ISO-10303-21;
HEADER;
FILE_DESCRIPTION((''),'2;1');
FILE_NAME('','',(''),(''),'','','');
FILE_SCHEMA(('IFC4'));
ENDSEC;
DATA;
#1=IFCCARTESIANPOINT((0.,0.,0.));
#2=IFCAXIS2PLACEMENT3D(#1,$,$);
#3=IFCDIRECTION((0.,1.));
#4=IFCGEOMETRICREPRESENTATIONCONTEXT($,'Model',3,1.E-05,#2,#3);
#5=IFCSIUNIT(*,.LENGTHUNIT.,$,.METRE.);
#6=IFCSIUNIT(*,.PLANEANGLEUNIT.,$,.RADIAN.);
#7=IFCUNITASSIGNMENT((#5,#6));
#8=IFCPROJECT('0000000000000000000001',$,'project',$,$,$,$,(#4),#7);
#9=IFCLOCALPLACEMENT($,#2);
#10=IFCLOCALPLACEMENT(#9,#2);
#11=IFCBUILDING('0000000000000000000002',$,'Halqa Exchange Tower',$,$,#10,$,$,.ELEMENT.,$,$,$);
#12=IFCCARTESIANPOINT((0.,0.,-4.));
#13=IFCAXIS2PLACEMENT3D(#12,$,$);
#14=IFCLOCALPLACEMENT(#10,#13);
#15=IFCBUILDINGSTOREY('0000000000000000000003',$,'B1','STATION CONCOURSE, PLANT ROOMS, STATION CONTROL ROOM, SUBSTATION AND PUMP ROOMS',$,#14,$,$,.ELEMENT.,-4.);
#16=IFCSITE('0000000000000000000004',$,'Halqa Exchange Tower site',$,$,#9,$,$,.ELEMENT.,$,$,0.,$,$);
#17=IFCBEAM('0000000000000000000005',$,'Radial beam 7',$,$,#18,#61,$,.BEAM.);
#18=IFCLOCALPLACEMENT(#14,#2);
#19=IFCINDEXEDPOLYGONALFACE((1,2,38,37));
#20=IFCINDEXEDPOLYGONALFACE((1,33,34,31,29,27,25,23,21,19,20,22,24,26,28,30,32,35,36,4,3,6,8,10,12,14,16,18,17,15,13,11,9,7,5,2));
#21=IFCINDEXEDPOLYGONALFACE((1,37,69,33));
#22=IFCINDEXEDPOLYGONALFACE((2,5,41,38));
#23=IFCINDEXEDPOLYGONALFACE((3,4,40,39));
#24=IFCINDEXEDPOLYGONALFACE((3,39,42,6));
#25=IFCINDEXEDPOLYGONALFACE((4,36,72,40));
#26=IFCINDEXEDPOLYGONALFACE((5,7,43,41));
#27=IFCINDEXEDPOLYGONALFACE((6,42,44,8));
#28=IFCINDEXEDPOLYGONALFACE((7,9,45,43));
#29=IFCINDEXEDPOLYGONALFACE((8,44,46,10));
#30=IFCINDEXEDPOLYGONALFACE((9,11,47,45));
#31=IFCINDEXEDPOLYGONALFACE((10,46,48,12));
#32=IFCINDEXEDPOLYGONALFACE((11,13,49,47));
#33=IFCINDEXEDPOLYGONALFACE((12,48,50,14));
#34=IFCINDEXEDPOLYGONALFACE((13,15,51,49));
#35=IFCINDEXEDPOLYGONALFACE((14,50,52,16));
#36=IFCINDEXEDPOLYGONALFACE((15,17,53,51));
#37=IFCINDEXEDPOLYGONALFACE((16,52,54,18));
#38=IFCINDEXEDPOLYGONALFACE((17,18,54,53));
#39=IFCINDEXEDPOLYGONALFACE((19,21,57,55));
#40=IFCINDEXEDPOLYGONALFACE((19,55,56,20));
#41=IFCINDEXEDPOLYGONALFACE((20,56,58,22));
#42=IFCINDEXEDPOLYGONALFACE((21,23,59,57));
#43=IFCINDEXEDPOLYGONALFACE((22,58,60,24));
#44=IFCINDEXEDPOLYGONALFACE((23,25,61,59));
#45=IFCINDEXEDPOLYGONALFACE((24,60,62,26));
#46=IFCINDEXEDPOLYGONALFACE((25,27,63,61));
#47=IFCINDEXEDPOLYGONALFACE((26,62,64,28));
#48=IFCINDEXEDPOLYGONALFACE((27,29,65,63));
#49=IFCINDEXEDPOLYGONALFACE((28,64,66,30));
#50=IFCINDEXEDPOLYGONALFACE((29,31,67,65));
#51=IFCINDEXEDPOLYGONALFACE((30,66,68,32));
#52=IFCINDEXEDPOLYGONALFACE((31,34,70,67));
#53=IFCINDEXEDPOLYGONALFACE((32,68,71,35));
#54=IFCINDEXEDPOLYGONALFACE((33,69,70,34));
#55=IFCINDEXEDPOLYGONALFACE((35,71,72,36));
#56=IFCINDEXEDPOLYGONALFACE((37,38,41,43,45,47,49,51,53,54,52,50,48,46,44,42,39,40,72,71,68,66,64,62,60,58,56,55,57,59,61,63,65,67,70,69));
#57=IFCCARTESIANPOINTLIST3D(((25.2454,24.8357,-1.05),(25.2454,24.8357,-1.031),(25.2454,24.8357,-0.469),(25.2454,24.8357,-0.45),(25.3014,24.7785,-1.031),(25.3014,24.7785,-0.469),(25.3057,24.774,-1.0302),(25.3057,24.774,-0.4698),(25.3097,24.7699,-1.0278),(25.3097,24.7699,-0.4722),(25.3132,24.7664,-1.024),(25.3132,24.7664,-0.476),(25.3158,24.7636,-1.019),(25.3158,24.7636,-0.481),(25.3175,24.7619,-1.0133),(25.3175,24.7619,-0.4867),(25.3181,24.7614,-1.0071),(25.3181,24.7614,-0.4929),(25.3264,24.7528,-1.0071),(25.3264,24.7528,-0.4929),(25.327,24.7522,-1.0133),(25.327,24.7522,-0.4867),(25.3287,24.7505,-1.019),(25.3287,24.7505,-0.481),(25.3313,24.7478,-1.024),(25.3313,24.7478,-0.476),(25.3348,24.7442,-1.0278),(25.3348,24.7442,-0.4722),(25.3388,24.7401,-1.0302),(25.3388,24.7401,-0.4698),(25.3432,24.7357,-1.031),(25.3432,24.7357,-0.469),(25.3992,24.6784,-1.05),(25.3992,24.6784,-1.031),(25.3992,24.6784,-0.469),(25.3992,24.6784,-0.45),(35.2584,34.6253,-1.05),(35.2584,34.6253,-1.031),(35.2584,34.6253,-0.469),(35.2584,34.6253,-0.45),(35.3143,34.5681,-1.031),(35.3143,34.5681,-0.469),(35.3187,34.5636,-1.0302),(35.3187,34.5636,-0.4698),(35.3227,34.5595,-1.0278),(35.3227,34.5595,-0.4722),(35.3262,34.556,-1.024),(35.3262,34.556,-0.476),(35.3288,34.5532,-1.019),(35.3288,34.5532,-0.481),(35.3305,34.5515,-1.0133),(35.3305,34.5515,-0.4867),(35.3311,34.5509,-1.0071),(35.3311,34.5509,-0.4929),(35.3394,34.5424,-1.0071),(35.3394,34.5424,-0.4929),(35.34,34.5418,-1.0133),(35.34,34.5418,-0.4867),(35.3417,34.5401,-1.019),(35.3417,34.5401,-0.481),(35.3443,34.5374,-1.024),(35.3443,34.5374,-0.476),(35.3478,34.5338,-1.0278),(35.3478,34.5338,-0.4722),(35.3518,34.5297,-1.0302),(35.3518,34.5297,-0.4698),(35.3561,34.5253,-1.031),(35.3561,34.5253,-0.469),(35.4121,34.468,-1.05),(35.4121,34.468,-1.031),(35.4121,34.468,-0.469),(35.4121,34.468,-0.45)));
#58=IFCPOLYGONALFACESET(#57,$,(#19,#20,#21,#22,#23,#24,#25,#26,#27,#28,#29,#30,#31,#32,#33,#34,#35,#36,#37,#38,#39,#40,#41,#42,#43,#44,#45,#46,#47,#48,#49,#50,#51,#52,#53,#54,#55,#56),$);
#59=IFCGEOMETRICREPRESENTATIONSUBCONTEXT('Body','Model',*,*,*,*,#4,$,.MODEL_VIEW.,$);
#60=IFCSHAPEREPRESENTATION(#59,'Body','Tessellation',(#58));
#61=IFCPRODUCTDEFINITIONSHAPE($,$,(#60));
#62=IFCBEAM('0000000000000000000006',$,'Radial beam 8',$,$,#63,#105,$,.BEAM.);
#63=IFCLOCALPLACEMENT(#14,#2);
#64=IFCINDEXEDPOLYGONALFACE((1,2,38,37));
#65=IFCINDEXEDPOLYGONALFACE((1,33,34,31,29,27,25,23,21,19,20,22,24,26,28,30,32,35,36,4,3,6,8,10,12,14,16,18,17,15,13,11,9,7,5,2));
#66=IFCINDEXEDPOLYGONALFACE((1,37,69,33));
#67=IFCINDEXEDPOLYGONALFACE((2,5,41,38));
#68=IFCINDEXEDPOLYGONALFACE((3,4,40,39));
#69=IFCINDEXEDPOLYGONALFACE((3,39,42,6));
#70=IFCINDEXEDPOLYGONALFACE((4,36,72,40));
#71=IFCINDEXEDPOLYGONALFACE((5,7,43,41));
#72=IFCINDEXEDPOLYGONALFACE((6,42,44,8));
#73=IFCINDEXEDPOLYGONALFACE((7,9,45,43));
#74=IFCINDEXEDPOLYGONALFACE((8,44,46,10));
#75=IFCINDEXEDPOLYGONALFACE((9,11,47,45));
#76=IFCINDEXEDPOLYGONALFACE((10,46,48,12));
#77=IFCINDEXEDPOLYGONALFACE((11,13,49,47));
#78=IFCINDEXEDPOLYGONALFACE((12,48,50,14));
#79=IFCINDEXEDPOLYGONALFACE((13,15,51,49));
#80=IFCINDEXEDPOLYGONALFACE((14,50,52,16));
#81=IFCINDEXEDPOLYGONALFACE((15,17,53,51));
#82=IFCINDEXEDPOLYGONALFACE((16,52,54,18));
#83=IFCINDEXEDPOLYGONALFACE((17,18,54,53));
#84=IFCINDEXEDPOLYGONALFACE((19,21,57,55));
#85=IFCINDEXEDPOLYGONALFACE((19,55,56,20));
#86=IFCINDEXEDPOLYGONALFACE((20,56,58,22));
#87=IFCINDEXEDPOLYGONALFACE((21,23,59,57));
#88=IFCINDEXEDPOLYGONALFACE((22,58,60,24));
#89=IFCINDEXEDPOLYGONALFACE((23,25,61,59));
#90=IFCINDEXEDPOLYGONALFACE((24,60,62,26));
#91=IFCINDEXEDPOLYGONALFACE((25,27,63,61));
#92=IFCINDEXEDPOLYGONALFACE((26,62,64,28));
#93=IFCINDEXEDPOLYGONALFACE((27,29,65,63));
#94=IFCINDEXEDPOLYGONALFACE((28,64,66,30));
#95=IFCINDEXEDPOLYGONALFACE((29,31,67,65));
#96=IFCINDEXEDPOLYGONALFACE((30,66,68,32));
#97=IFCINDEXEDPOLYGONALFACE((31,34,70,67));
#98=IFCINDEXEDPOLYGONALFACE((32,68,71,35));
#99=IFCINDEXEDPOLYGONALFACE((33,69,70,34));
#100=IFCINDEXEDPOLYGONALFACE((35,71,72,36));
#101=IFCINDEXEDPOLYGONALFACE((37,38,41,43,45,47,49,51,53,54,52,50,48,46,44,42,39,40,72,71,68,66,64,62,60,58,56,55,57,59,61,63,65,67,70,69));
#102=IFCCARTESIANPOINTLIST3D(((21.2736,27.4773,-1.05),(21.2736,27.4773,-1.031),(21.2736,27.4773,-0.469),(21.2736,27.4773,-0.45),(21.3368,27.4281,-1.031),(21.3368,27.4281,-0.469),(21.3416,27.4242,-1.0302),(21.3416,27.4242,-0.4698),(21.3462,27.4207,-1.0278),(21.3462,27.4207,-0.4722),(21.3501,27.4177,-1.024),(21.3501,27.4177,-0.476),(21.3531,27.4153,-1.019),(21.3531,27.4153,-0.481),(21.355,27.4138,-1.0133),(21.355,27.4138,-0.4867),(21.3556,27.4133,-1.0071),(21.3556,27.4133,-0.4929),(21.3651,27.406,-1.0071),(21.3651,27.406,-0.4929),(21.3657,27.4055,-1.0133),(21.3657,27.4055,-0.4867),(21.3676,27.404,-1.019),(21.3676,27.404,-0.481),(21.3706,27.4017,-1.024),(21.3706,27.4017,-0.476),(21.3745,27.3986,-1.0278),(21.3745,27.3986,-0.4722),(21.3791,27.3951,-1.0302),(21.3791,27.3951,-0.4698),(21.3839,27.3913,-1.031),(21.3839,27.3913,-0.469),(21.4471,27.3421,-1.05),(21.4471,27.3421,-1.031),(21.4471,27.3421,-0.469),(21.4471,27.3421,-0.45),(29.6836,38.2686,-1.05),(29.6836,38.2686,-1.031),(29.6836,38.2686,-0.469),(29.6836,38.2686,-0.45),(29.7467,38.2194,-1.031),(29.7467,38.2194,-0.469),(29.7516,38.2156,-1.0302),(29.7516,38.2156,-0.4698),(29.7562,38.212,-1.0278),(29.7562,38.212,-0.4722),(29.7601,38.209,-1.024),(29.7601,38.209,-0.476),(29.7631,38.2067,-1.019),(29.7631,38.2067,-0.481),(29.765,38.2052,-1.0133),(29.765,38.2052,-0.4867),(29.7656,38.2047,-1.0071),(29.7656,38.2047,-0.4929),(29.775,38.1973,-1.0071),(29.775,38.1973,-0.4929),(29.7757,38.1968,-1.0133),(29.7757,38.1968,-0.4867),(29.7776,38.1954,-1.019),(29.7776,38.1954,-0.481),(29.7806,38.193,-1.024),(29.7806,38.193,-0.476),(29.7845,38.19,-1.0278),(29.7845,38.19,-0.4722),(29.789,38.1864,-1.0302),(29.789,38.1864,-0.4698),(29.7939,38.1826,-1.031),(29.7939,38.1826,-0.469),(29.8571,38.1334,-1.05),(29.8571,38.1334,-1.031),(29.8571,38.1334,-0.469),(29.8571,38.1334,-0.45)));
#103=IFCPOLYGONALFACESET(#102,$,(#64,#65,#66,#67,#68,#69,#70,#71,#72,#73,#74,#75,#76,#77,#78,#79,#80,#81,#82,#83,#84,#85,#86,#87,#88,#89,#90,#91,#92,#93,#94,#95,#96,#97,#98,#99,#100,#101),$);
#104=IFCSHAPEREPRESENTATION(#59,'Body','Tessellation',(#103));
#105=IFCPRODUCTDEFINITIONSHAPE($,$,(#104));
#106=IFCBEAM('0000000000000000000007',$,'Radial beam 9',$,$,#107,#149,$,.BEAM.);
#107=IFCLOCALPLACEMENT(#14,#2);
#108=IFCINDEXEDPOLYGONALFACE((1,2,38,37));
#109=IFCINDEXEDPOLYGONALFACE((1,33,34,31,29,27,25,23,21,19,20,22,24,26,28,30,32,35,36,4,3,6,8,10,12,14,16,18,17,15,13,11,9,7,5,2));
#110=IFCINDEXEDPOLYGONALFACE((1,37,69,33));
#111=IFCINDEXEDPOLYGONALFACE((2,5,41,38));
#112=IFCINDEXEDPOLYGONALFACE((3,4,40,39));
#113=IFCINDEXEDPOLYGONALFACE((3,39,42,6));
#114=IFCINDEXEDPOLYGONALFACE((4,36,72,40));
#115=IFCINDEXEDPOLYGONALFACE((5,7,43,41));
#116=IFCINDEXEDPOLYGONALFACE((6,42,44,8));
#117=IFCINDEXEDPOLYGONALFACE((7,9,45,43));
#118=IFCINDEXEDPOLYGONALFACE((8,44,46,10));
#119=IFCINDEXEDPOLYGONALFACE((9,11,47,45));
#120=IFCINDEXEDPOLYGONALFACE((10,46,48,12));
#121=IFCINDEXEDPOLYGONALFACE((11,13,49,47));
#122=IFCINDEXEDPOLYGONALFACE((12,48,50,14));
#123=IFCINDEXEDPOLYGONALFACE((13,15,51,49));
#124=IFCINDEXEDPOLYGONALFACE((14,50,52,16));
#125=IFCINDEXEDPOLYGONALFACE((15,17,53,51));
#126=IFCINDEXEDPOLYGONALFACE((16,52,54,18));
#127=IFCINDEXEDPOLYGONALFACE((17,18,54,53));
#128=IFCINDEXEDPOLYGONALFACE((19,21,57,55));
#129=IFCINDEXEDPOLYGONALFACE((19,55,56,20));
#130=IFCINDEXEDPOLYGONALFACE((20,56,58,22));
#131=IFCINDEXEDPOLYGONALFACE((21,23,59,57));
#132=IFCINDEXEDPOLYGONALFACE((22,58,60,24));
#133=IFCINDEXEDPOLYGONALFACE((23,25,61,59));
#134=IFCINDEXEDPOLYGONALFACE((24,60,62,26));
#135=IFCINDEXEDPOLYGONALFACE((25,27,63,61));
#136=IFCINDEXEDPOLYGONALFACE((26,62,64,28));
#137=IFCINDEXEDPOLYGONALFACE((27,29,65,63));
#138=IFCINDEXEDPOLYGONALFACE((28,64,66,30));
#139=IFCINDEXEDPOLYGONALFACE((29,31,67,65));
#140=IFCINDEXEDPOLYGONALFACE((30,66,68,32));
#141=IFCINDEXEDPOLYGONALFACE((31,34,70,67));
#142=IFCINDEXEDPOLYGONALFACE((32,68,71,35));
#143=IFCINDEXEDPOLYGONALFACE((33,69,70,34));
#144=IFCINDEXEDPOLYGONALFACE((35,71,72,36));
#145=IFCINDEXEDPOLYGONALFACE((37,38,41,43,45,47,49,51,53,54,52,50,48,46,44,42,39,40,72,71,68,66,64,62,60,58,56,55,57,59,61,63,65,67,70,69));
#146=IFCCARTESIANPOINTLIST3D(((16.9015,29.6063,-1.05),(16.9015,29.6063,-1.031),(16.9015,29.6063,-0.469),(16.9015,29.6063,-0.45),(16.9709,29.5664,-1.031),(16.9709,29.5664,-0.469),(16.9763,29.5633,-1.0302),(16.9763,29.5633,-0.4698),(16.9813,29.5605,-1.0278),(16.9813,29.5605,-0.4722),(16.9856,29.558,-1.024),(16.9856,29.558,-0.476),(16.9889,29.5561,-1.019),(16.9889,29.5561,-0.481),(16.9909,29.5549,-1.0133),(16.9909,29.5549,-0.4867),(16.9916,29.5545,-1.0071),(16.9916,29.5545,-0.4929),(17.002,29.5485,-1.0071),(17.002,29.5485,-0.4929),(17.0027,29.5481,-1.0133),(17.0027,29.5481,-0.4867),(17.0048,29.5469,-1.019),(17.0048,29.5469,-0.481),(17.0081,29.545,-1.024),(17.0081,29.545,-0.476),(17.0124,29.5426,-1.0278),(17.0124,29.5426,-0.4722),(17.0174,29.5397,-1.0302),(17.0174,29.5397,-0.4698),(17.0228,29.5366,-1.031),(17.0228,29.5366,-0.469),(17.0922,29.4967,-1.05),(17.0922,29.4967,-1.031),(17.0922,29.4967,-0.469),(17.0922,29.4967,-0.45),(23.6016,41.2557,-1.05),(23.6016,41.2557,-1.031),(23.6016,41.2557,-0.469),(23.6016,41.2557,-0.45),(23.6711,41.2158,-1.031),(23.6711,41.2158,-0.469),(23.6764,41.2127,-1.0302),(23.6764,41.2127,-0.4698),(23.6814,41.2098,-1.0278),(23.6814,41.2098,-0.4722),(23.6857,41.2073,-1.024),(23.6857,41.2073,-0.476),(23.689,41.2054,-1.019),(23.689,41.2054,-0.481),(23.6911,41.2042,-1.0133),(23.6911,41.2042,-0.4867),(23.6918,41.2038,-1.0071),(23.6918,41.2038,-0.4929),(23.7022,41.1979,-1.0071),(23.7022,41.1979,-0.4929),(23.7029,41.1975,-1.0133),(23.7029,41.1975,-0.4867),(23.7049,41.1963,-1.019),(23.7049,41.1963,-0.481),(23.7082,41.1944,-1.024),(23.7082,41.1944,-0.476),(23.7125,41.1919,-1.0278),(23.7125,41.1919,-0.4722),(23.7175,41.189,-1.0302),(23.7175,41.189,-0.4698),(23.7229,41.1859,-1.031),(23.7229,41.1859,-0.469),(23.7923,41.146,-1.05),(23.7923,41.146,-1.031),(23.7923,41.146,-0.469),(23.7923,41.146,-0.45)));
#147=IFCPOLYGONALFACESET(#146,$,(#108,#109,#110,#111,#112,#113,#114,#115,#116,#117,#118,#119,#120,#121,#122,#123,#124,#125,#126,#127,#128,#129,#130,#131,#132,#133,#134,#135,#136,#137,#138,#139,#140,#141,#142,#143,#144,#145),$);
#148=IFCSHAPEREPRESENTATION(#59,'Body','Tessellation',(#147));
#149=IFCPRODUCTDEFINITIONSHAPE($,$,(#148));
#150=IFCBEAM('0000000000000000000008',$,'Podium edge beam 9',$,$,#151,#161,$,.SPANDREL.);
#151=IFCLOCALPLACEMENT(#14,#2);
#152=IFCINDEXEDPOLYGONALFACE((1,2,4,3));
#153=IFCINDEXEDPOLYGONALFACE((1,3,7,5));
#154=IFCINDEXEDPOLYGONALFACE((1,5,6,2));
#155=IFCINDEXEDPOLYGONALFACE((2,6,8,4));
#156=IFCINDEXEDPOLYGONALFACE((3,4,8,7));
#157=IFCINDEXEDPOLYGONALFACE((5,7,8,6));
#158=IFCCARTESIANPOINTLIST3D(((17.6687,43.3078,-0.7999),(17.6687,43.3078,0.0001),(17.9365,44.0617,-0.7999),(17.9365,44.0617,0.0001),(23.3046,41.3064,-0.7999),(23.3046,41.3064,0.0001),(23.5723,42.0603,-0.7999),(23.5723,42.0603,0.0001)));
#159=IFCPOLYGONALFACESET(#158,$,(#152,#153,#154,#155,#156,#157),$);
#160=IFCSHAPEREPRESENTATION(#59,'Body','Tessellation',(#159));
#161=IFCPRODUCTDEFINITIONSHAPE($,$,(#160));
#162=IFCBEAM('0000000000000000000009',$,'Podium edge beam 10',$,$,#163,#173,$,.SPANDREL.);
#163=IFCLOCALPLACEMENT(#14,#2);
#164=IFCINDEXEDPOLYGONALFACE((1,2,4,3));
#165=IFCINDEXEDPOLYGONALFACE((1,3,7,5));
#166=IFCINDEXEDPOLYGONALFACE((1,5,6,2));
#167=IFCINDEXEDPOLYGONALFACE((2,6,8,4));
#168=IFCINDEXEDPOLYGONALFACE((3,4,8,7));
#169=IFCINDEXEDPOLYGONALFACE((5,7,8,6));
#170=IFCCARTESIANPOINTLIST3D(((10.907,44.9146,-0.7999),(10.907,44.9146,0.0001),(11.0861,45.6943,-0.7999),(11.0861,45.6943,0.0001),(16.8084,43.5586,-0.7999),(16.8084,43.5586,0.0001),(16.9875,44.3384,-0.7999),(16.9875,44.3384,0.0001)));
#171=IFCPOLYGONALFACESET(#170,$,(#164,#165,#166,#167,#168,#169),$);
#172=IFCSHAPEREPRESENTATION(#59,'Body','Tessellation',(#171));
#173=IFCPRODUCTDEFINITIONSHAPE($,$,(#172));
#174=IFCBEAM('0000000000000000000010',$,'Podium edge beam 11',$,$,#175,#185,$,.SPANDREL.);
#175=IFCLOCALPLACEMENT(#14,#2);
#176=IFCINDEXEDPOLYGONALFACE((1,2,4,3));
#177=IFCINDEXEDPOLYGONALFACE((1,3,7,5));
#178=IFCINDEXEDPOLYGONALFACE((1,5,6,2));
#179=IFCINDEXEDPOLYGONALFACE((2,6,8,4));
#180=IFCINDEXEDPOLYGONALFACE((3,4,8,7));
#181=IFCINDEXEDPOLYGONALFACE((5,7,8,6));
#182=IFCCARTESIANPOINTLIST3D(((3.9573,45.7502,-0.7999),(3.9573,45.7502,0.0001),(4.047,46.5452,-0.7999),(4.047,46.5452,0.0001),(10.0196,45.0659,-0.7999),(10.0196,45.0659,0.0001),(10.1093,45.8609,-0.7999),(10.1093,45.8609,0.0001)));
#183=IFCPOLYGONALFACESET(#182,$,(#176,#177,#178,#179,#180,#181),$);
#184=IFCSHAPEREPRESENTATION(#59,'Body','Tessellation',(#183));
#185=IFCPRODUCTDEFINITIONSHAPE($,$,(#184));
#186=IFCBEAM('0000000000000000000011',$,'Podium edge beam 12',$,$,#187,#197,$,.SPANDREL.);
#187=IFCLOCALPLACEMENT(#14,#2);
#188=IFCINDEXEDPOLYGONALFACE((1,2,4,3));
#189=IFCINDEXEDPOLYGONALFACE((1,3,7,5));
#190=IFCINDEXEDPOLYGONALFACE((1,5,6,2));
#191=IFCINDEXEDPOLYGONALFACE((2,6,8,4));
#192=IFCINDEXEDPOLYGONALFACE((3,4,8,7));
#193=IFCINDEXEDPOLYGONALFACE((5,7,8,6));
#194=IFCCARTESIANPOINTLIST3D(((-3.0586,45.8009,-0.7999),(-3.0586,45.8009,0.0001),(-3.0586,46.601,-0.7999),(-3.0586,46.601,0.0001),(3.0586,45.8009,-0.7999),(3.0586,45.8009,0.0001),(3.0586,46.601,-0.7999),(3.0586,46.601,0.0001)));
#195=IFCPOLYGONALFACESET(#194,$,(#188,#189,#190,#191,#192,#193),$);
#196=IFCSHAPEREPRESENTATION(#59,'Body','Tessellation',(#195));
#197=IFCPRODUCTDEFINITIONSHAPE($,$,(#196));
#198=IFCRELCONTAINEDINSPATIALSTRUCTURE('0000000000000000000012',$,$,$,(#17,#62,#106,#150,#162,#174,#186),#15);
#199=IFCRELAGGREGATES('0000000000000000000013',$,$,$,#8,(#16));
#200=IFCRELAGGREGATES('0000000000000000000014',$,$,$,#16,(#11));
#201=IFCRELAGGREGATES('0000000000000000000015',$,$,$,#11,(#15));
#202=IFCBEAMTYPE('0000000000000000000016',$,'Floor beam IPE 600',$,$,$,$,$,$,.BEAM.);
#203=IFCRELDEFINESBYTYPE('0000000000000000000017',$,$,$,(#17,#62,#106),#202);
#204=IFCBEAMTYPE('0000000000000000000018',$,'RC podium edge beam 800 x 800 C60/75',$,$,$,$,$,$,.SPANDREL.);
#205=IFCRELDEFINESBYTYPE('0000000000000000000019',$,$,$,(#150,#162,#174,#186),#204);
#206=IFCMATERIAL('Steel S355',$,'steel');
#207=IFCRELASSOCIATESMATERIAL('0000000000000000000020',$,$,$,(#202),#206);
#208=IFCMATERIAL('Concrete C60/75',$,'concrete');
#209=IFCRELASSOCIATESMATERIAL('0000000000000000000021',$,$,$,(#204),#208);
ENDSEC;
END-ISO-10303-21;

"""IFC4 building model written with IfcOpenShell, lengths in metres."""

from ifc_helpers import new_model, si_unit, direction, frame, origin, origin_2d, place, context, subcontext, project, spatial, rectangle, i_section, extrude, material, material_profile, profile_set, type_object, element, save


model = new_model("IFC4")

# Units and contexts
model_context = context("Model", 3, precision=1e-05, world=origin(), true_north=direction((0.0, 1.0)))
body_context = subcontext(model_context, "Body", "Model", "MODEL_VIEW")
ifc_project = project(units=[si_unit("LENGTHUNIT", "METRE"), si_unit("PLANEANGLEUNIT", "RADIAN")], contexts=[model_context])

# Site, building, storey
site_placement = place(None, origin())
site = spatial("IfcSite", under=ifc_project, at=site_placement, Name="Halqa Exchange Tower site", CompositionType="ELEMENT", RefElevation=0.0)
building_placement = place(site_placement, origin())
building = spatial("IfcBuilding", under=site, at=building_placement, Name="Halqa Exchange Tower", CompositionType="ELEMENT")
storey_placement = place(building_placement, frame((0.0, 0.0, -4.0)))
storey = spatial("IfcBuildingStorey", under=building, at=storey_placement, Name="B1", Description="STATION CONCOURSE, PLANT ROOMS, STATION CONTROL ROOM, SUBSTATION AND PUMP ROOMS", CompositionType="ELEMENT", Elevation=-4.0)

# Shared definitions
ifc_material_1 = material(Name="Concrete C60/75", Category="concrete")

# Beams
ifc_material_2 = material(Name="Steel S355", Category="steel")
ifc_material_profile_1 = material_profile(ifc_material_2, i_section(OverallWidth=0.22, OverallDepth=0.6001, WebThickness=0.012, FlangeThickness=0.019, FilletRadius=0.0239, at=origin_2d()), Name="IPE 600")
ifc_profile_set_1 = profile_set([ifc_material_profile_1], Name="Steel S355")
beam_type_1 = type_object("IfcBeamType", Name="Floor beam IPE 600", PredefinedType="BEAM", material=ifc_profile_set_1)
beam_1_placement = place(storey_placement, frame((25.3223, 24.7571, -0.75), z_axis=(0.715038, 0.699086, 0.0), x_axis=(-0.699086, 0.715038, 0.0)))
element("IfcBeam", 1, at=beam_1_placement, inside=storey, type_object=beam_type_1, Name="Radial beam 7", PredefinedType="BEAM", context=body_context, shape_type="SweptSolid", body=[
    extrude(i_section(OverallWidth=0.22, OverallDepth=0.6001, WebThickness=0.012, FlangeThickness=0.019, FilletRadius=0.0239, at=origin_2d()), origin(), (0.0, 0.0, 1.0), 14.0034),
])
beam_2_placement = place(storey_placement, frame((21.3604, 27.4097, -0.75), z_axis=(0.614701, 0.78876, 0.0), x_axis=(-0.78876, 0.614701, 0.0)))
element("IfcBeam", 2, at=beam_2_placement, inside=storey, type_object=beam_type_1, Name="Radial beam 8", PredefinedType="BEAM", context=body_context, shape_type="SweptSolid", body=[
    extrude(i_section(OverallWidth=0.22, OverallDepth=0.6001, WebThickness=0.012, FlangeThickness=0.019, FilletRadius=0.0239, at=origin_2d()), origin(), (0.0, 0.0, 1.0), 13.6814),
])
beam_3_placement = place(storey_placement, frame((16.9968, 29.5515, -0.75), z_axis=(0.498571, 0.866849, 0.0), x_axis=(-0.866849, 0.498571, 0.0)))
element("IfcBeam", 3, at=beam_3_placement, inside=storey, type_object=beam_type_1, Name="Radial beam 9", PredefinedType="BEAM", context=body_context, shape_type="SweptSolid", body=[
    extrude(i_section(OverallWidth=0.22, OverallDepth=0.6001, WebThickness=0.012, FlangeThickness=0.019, FilletRadius=0.0239, at=origin_2d()), origin(), (0.0, 0.0, 1.0), 13.4387),
])
ifc_material_profile_2 = material_profile(ifc_material_1, rectangle(XDim=0.8, YDim=0.8, at=origin_2d()), Name="800 x 800")
ifc_profile_set_2 = profile_set([ifc_material_profile_2], Name="Concrete C60/75")
beam_type_2 = type_object("IfcBeamType", Name="RC podium edge beam 800 x 800 C60/75", PredefinedType="SPANDREL", material=ifc_profile_set_2)
beam_4_placement = place(storey_placement, frame((23.4385, 41.6833, -0.3999), z_axis=(-0.942343, 0.334647, 0.0), x_axis=(-0.334647, -0.942343, 0.0)))
element("IfcBeam", 4, at=beam_4_placement, inside=storey, type_object=beam_type_2, Name="Podium edge beam 9", PredefinedType="SPANDREL", context=body_context, shape_type="SweptSolid", body=[
    extrude(rectangle(XDim=0.8, YDim=0.8, at=origin_2d()), origin(), (0.0, 0.0, 1.0), 5.9807),
])
beam_5_placement = place(storey_placement, frame((16.8979, 43.9485, -0.3999), z_axis=(-0.974604, 0.223935, 0.0), x_axis=(-0.223935, -0.974604, 0.0)))
element("IfcBeam", 5, at=beam_5_placement, inside=storey, type_object=beam_type_2, Name="Podium edge beam 10", PredefinedType="SPANDREL", context=body_context, shape_type="SweptSolid", body=[
    extrude(rectangle(XDim=0.8, YDim=0.8, at=origin_2d()), origin(), (0.0, 0.0, 1.0), 6.0552),
])
beam_6_placement = place(storey_placement, frame((10.0645, 45.4634, -0.3999), z_axis=(-0.993689, 0.112171, 0.0), x_axis=(-0.112171, -0.993689, 0.0)))
element("IfcBeam", 6, at=beam_6_placement, inside=storey, type_object=beam_type_2, Name="Podium edge beam 11", PredefinedType="SPANDREL", context=body_context, shape_type="SweptSolid", body=[
    extrude(rectangle(XDim=0.8, YDim=0.8, at=origin_2d()), origin(), (0.0, 0.0, 1.0), 6.1008),
])
beam_7_placement = place(storey_placement, frame((3.0586, 46.2009, -0.3999), z_axis=(-1.0, 0.0, 0.0), x_axis=(0.0, -1.0, 0.0)))
element("IfcBeam", 7, at=beam_7_placement, inside=storey, type_object=beam_type_2, Name="Podium edge beam 12", PredefinedType="SPANDREL", context=body_context, shape_type="SweptSolid", body=[
    extrude(rectangle(XDim=0.8, YDim=0.8, at=origin_2d()), origin(), (0.0, 0.0, 1.0), 6.1172),
])

save(model, "model.ifc")
